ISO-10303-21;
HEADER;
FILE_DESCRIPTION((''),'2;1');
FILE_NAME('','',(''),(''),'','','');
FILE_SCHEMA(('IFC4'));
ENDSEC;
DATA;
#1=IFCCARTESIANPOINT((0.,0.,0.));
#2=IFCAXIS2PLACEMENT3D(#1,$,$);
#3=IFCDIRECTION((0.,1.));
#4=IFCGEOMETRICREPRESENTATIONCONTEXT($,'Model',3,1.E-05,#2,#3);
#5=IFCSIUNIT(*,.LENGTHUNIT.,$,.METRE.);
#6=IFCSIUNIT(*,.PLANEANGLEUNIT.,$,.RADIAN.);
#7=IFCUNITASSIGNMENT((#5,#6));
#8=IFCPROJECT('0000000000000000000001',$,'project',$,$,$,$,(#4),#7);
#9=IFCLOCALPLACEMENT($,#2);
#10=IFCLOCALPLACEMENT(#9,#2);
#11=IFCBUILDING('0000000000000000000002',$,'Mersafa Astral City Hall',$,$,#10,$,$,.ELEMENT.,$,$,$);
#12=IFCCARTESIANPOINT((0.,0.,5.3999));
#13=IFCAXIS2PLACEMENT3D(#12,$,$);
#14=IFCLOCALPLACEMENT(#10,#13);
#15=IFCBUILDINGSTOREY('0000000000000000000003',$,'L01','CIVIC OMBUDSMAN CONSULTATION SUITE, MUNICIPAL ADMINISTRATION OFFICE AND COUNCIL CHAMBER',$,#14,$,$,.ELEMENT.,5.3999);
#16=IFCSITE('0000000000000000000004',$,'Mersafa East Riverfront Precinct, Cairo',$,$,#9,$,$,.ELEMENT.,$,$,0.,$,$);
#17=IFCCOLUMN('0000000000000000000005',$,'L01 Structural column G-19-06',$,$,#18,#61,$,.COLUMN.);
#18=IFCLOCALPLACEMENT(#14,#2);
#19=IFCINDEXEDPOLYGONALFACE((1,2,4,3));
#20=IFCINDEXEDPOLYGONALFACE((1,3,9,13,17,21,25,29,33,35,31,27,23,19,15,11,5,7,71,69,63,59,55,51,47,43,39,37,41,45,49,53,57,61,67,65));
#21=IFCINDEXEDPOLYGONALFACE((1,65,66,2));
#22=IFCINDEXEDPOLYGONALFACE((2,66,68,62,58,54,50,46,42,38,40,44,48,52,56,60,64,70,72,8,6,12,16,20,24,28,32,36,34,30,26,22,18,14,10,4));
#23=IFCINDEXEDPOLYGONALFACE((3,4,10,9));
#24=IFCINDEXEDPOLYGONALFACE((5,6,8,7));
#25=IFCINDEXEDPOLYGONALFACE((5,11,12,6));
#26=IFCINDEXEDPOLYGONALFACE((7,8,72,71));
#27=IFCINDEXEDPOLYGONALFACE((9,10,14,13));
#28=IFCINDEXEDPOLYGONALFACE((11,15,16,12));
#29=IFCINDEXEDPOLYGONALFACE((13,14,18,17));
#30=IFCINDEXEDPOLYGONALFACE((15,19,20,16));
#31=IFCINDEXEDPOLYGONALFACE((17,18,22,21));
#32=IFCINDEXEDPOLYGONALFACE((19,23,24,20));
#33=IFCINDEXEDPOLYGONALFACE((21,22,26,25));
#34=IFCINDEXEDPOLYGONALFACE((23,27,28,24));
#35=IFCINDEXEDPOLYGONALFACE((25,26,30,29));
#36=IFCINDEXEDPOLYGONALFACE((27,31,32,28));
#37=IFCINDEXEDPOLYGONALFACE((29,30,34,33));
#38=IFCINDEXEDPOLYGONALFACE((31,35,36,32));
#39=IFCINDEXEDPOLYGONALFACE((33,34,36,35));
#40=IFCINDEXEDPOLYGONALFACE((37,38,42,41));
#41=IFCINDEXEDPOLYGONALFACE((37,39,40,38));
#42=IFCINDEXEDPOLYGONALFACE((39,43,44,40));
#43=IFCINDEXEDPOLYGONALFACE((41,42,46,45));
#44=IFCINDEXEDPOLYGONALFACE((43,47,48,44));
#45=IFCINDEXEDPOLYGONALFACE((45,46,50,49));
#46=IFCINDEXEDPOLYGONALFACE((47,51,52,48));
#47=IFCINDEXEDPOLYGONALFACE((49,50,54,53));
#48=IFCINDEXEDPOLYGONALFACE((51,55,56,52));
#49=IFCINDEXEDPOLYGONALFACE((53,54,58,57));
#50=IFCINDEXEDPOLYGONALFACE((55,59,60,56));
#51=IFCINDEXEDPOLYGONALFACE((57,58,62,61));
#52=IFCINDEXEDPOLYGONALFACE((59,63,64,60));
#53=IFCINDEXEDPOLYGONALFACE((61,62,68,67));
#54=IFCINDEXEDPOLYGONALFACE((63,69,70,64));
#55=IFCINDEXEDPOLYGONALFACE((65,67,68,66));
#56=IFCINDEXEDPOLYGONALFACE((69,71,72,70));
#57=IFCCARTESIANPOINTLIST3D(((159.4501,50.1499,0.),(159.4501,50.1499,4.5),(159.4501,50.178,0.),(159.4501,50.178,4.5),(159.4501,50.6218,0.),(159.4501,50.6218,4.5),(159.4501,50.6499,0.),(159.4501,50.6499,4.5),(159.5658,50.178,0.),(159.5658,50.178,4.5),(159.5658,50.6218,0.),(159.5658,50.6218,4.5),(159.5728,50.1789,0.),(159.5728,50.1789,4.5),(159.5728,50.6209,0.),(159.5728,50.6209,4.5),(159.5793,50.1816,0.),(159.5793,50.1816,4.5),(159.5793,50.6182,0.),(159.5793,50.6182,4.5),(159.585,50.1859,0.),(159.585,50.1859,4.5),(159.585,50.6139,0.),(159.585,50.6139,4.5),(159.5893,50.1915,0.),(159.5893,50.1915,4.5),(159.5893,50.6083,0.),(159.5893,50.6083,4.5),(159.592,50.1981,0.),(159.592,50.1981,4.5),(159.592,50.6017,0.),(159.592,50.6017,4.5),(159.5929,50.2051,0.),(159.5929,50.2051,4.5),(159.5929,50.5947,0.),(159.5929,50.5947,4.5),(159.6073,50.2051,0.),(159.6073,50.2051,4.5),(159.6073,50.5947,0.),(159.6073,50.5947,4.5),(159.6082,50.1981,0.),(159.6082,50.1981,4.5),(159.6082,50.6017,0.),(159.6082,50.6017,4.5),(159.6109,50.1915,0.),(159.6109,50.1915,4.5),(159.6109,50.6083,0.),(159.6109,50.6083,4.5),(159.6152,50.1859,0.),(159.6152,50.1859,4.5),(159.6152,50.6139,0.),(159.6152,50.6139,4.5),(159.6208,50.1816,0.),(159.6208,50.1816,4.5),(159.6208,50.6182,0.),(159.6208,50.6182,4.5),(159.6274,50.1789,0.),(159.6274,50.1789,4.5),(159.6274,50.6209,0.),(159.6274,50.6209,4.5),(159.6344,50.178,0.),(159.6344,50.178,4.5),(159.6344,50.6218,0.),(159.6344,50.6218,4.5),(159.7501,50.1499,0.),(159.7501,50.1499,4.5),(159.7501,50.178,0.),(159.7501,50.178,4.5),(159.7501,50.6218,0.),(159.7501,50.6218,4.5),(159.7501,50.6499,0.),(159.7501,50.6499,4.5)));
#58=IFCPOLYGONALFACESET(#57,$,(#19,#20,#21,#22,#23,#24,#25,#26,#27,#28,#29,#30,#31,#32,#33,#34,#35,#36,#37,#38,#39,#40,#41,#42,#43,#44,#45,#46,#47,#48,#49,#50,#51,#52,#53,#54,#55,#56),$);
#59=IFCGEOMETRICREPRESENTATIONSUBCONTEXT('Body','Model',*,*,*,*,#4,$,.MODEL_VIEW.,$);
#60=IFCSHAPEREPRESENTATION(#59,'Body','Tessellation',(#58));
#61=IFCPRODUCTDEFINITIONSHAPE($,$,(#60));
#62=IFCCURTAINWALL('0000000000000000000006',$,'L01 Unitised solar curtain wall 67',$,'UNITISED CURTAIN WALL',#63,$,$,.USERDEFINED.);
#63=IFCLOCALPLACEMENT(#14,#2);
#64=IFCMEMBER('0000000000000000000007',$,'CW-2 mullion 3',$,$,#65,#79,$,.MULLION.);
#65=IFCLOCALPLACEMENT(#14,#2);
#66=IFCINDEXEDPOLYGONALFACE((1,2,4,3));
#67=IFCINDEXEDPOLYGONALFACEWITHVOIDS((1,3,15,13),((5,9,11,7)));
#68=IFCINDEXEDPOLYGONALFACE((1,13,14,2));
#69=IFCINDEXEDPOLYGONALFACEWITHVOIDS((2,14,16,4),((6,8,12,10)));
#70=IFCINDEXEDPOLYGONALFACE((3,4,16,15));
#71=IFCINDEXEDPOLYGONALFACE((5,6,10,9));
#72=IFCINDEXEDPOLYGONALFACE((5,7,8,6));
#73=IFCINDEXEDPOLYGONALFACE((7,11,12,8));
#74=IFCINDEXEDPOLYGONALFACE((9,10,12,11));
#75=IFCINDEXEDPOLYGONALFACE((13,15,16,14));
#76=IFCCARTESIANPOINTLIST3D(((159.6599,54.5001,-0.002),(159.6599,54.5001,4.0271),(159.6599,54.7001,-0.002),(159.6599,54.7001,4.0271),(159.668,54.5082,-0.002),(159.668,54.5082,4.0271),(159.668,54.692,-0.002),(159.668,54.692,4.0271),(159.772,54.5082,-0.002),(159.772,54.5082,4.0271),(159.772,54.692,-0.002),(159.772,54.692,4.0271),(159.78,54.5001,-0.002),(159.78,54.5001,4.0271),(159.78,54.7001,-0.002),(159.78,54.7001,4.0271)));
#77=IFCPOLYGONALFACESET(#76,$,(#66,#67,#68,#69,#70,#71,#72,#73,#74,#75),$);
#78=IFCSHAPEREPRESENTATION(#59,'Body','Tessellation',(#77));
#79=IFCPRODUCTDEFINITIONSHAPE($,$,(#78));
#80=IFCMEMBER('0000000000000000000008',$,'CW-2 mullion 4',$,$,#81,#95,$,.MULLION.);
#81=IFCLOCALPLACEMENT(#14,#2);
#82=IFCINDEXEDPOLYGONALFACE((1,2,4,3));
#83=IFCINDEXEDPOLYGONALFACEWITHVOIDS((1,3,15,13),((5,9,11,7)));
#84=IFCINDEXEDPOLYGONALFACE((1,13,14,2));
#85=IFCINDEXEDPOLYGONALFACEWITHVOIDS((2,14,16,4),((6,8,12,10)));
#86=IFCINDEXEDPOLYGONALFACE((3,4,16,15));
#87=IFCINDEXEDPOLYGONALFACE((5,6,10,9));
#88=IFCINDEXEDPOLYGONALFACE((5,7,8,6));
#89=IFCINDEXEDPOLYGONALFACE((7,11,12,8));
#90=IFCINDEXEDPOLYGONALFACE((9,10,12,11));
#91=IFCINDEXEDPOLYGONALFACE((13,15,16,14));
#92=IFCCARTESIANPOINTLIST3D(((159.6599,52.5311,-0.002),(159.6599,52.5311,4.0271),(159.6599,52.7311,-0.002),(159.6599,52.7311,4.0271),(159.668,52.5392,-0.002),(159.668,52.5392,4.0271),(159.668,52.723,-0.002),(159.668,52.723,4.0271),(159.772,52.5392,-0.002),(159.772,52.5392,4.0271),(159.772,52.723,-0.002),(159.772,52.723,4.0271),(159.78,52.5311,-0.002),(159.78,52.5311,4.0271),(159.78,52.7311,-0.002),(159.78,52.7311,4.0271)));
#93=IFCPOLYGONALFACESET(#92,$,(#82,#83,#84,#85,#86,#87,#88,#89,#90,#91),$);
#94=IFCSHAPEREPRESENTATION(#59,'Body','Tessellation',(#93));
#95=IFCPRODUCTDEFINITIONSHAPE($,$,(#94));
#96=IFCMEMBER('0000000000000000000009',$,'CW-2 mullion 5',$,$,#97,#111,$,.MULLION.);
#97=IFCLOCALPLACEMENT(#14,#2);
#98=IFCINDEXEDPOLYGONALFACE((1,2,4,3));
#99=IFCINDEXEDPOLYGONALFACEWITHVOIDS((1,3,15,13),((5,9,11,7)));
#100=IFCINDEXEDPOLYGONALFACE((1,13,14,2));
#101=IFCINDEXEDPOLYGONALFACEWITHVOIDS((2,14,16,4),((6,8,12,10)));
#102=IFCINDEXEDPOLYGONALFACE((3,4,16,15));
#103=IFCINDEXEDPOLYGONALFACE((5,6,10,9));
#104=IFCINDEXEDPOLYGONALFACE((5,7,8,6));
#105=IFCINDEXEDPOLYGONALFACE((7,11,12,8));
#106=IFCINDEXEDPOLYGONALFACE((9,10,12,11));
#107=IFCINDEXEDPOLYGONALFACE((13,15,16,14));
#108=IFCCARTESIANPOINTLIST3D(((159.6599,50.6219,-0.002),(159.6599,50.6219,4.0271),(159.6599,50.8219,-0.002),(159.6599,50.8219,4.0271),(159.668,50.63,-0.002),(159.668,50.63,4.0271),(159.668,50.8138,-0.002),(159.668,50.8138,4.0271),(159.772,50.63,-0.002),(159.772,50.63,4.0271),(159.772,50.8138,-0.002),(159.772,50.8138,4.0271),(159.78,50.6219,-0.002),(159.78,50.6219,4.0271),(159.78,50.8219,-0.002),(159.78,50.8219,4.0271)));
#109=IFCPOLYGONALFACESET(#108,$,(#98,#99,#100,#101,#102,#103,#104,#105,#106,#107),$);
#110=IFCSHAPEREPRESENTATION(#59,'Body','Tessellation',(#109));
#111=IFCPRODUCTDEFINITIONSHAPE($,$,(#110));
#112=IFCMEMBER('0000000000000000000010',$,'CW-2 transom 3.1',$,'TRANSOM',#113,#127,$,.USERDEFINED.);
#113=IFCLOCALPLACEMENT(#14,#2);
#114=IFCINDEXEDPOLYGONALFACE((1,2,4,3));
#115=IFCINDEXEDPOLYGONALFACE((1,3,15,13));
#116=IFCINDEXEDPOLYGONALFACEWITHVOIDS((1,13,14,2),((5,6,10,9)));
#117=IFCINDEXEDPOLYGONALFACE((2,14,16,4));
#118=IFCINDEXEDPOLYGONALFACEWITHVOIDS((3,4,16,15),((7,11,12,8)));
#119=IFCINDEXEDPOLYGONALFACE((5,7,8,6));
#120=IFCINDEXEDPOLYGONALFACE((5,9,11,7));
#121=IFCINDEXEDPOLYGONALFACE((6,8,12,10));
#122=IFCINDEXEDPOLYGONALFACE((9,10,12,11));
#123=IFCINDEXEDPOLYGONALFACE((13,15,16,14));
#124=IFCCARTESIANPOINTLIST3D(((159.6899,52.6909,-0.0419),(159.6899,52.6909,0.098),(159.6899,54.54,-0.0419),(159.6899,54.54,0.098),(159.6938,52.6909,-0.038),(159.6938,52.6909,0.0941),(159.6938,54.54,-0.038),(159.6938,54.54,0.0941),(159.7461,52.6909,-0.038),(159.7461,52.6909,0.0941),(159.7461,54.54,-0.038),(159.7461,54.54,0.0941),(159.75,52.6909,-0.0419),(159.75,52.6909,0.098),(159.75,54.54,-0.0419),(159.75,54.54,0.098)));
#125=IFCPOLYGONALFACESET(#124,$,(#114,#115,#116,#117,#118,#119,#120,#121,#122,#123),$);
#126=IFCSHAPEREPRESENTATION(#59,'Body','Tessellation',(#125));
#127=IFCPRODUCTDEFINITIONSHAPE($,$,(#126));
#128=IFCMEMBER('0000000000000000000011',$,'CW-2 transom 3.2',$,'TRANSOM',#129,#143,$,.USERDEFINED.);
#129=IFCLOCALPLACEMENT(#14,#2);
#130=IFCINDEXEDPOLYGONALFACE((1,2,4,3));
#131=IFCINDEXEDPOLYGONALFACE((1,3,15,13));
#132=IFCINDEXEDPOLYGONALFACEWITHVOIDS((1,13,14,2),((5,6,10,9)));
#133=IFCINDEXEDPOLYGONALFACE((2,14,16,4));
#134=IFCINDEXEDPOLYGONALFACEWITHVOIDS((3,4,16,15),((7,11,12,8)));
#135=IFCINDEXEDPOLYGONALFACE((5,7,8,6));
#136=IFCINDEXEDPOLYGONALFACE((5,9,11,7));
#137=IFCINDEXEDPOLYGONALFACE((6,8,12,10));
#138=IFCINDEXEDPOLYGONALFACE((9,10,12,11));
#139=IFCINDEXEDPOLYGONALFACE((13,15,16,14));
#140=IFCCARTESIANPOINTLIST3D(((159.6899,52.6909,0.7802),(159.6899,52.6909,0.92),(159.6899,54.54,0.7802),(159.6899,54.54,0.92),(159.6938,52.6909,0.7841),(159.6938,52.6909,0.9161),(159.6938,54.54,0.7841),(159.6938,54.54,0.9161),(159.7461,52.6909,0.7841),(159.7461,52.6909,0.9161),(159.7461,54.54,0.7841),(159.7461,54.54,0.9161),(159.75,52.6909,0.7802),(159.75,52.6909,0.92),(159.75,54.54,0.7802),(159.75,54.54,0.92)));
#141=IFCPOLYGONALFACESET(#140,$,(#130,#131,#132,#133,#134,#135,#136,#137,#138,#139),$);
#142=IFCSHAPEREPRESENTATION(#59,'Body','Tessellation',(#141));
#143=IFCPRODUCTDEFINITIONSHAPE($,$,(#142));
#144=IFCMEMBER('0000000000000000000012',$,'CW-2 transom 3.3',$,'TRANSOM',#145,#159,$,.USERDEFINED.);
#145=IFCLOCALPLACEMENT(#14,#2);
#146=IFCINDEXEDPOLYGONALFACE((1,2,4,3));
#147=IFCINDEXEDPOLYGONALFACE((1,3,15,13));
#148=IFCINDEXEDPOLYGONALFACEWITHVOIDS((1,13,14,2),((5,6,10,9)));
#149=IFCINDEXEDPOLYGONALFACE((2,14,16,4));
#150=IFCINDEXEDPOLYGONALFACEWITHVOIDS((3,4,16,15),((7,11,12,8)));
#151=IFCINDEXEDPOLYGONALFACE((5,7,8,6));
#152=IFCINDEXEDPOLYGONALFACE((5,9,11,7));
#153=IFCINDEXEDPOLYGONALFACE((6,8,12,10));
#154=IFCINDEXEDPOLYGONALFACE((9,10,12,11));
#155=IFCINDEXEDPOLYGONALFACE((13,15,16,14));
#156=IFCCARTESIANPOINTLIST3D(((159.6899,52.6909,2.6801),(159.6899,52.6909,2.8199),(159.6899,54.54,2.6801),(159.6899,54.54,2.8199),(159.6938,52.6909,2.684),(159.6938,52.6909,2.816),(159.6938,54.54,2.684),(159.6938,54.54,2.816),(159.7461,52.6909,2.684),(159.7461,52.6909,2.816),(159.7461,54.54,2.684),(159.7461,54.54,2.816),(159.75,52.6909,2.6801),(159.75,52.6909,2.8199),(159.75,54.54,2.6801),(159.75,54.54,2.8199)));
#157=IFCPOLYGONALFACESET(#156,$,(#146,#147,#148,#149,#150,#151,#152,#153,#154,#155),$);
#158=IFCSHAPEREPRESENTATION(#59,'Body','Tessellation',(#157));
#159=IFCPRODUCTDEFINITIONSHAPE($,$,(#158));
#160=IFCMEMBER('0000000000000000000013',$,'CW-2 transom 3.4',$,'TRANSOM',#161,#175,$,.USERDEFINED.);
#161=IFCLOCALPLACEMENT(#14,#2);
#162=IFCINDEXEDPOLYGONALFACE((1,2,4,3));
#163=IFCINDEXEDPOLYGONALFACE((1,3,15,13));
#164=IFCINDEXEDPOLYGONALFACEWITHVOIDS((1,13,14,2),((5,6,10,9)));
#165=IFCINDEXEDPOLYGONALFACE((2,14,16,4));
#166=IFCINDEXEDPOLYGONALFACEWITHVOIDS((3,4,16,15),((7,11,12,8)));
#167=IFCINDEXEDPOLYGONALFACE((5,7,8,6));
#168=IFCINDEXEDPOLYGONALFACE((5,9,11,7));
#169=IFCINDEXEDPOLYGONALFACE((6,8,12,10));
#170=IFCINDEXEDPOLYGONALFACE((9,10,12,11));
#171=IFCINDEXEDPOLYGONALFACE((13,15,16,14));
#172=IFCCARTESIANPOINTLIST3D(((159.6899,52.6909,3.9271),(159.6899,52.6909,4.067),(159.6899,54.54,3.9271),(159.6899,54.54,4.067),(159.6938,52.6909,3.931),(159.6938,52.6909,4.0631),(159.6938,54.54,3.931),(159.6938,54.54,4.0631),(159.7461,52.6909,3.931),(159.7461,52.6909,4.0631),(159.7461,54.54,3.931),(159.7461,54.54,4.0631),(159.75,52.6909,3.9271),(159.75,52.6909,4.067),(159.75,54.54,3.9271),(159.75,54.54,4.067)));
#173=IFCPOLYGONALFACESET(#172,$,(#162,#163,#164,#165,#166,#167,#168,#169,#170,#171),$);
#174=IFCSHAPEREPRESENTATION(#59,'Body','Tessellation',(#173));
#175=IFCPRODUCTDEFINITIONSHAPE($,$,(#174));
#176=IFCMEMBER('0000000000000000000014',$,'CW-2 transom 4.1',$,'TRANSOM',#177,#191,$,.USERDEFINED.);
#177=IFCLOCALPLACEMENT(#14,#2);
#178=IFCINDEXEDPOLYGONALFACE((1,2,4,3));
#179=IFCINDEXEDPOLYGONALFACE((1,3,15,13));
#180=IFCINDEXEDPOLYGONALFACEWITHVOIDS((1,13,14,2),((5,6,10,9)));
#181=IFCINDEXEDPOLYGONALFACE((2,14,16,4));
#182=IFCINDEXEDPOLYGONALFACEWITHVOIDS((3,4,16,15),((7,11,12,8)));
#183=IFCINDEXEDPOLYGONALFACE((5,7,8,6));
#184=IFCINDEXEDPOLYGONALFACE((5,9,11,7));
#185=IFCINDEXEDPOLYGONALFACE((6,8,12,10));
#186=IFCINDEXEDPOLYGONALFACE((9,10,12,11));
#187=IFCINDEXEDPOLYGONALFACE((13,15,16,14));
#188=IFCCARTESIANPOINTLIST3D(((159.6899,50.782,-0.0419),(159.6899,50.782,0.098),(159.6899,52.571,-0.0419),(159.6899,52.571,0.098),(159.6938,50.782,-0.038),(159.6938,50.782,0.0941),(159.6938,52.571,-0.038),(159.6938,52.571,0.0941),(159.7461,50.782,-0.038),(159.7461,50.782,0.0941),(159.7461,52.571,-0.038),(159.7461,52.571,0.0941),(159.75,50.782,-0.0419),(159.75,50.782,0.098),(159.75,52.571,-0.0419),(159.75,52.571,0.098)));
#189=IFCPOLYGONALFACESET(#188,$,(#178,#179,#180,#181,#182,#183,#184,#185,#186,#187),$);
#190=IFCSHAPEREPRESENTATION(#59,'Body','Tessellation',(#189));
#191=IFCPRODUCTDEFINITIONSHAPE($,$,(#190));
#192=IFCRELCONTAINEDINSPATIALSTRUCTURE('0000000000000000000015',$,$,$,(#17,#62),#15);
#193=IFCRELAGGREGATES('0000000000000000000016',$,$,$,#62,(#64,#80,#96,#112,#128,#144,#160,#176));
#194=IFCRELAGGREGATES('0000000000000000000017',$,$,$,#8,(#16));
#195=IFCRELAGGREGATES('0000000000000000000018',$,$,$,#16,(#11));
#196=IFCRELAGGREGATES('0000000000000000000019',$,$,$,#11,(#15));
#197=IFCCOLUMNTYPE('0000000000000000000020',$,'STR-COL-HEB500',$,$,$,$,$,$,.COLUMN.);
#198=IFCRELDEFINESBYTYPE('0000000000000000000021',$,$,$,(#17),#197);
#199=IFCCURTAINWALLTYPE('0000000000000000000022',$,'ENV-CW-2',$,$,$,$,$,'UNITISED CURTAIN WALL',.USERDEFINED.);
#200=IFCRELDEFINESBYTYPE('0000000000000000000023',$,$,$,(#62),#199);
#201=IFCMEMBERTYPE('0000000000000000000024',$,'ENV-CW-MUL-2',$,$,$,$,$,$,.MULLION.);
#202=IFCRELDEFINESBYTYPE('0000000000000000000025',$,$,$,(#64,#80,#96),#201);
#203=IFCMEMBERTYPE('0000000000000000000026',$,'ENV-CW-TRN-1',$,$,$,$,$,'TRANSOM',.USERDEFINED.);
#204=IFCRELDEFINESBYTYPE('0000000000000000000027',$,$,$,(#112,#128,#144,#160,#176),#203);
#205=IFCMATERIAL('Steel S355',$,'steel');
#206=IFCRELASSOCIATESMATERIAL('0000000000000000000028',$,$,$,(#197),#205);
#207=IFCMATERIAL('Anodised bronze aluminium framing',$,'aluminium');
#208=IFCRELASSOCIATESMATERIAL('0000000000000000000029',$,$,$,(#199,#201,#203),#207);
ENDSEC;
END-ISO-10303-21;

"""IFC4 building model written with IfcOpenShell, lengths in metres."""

from ifc_helpers import new_model, si_unit, direction, frame, origin, origin_2d, place, context, subcontext, project, spatial, hollow_rectangle, i_section, extrude, material, material_profile, profile_set, type_object, element, aggregate, save


model = new_model("IFC4")

# Units and contexts
model_context = context("Model", 3, precision=1e-05, world=origin(), true_north=direction((0.0, 1.0)))
body_context = subcontext(model_context, "Body", "Model", "MODEL_VIEW")
ifc_project = project(units=[si_unit("LENGTHUNIT", "METRE"), si_unit("PLANEANGLEUNIT", "RADIAN")], contexts=[model_context])

# Site, building, storey
site_placement = place(None, origin())
site = spatial("IfcSite", under=ifc_project, at=site_placement, Name="Mersafa East Riverfront Precinct, Cairo", CompositionType="ELEMENT", RefElevation=0.0)
building_placement = place(site_placement, origin())
building = spatial("IfcBuilding", under=site, at=building_placement, Name="Mersafa Astral City Hall", CompositionType="ELEMENT")
storey_placement = place(building_placement, frame((0.0, 0.0, 5.3999)))
storey = spatial("IfcBuildingStorey", under=building, at=storey_placement, Name="L01", Description="CIVIC OMBUDSMAN CONSULTATION SUITE, MUNICIPAL ADMINISTRATION OFFICE AND COUNCIL CHAMBER", CompositionType="ELEMENT", Elevation=5.3999)

# Column
ifc_material_1 = material(Name="Steel S355", Category="steel")
ifc_material_profile_1 = material_profile(ifc_material_1, i_section(OverallWidth=0.3, OverallDepth=0.5, WebThickness=0.0144, FlangeThickness=0.0281, FilletRadius=0.0271, at=origin_2d()), Name="HEB 500")
ifc_profile_set_1 = profile_set([ifc_material_profile_1], Name="Steel S355")
column_type = type_object("IfcColumnType", Name="STR-COL-HEB500", PredefinedType="COLUMN", material=ifc_profile_set_1)
column_placement = place(storey_placement, frame((159.6001, 50.3999, 0.0), z_axis=(0.0, 0.0, 1.0), x_axis=(1.0, 0.0, 0.0)))
element("IfcColumn", 1, at=column_placement, inside=storey, type_object=column_type, Name="L01 Structural column G-19-06", PredefinedType="COLUMN", context=body_context, shape_type="SweptSolid", body=[
    extrude(i_section(OverallWidth=0.3, OverallDepth=0.5, WebThickness=0.0144, FlangeThickness=0.0281, FilletRadius=0.0271, at=origin_2d()), origin(), (0.0, 0.0, 1.0), 4.5),
])

# Curtain wall, members
ifc_material_2 = material(Name="Anodised bronze aluminium framing", Category="aluminium")
curtain_wall_type = type_object("IfcCurtainWallType", Name="ENV-CW-2", ElementType="UNITISED CURTAIN WALL", PredefinedType="USERDEFINED", material=ifc_material_2)
curtain_wall_placement = place(storey_placement, origin())
curtain_wall = element("IfcCurtainWall", 2, at=curtain_wall_placement, inside=storey, type_object=curtain_wall_type, Name="L01 Unitised solar curtain wall 67", ObjectType="UNITISED CURTAIN WALL", PredefinedType="USERDEFINED")
ifc_material_profile_2 = material_profile(ifc_material_2, hollow_rectangle(XDim=0.1201, YDim=0.2, WallThickness=0.0081, at=origin_2d()), Name="RHS 120x200x8")
ifc_profile_set_2 = profile_set([ifc_material_profile_2], Name="Anodised bronze aluminium framing")
member_type_1 = type_object("IfcMemberType", Name="ENV-CW-MUL-2", PredefinedType="MULLION", material=ifc_profile_set_2)
member_1_placement = place(storey_placement, frame((159.72, 54.6001, -0.002), z_axis=(0.0, 0.0, 1.0), x_axis=(1.0, 0.0, 0.0)))
member_1 = element("IfcMember", 3, at=member_1_placement, type_object=member_type_1, Name="CW-2 mullion 3", PredefinedType="MULLION", context=body_context, shape_type="SweptSolid", body=[
    extrude(hollow_rectangle(XDim=0.1201, YDim=0.2, WallThickness=0.0081, at=origin_2d()), origin(), (0.0, 0.0, 1.0), 4.0291),
])
member_2_placement = place(storey_placement, frame((159.72, 52.6311, -0.002), z_axis=(0.0, 0.0, 1.0), x_axis=(1.0, 0.0, 0.0)))
member_2 = element("IfcMember", 4, at=member_2_placement, type_object=member_type_1, Name="CW-2 mullion 4", PredefinedType="MULLION", context=body_context, shape_type="SweptSolid", body=[
    extrude(hollow_rectangle(XDim=0.1201, YDim=0.2, WallThickness=0.0081, at=origin_2d()), origin(), (0.0, 0.0, 1.0), 4.0291),
])
member_3_placement = place(storey_placement, frame((159.72, 50.7219, -0.002), z_axis=(0.0, 0.0, 1.0), x_axis=(1.0, 0.0, 0.0)))
member_3 = element("IfcMember", 5, at=member_3_placement, type_object=member_type_1, Name="CW-2 mullion 5", PredefinedType="MULLION", context=body_context, shape_type="SweptSolid", body=[
    extrude(hollow_rectangle(XDim=0.1201, YDim=0.2, WallThickness=0.0081, at=origin_2d()), origin(), (0.0, 0.0, 1.0), 4.0291),
])
ifc_material_profile_3 = material_profile(ifc_material_2, hollow_rectangle(XDim=0.0601, YDim=0.1399, WallThickness=0.0039, at=origin_2d()), Name="RHS 60x140x4")
ifc_profile_set_3 = profile_set([ifc_material_profile_3], Name="Anodised bronze aluminium framing")
member_type_2 = type_object("IfcMemberType", Name="ENV-CW-TRN-1", ElementType="TRANSOM", PredefinedType="USERDEFINED", material=ifc_profile_set_3)
member_4_placement = place(storey_placement, frame((159.72, 54.54, 0.0281), z_axis=(0.0, -1.0, 0.0), x_axis=(1.0, 0.0, 0.0)))
member_4 = element("IfcMember", 6, at=member_4_placement, type_object=member_type_2, Name="CW-2 transom 3.1", ObjectType="TRANSOM", PredefinedType="USERDEFINED", context=body_context, shape_type="SweptSolid", body=[
    extrude(hollow_rectangle(XDim=0.0601, YDim=0.1399, WallThickness=0.0039, at=origin_2d()), origin(), (0.0, 0.0, 1.0), 1.8491),
])
member_5_placement = place(storey_placement, frame((159.72, 54.54, 0.8501), z_axis=(0.0, -1.0, 0.0), x_axis=(1.0, 0.0, 0.0)))
member_5 = element("IfcMember", 7, at=member_5_placement, type_object=member_type_2, Name="CW-2 transom 3.2", ObjectType="TRANSOM", PredefinedType="USERDEFINED", context=body_context, shape_type="SweptSolid", body=[
    extrude(hollow_rectangle(XDim=0.0601, YDim=0.1399, WallThickness=0.0039, at=origin_2d()), origin(), (0.0, 0.0, 1.0), 1.8491),
])
member_6_placement = place(storey_placement, frame((159.72, 54.54, 2.75), z_axis=(0.0, -1.0, 0.0), x_axis=(1.0, 0.0, 0.0)))
member_6 = element("IfcMember", 8, at=member_6_placement, type_object=member_type_2, Name="CW-2 transom 3.3", ObjectType="TRANSOM", PredefinedType="USERDEFINED", context=body_context, shape_type="SweptSolid", body=[
    extrude(hollow_rectangle(XDim=0.0601, YDim=0.1399, WallThickness=0.0039, at=origin_2d()), origin(), (0.0, 0.0, 1.0), 1.8491),
])
member_7_placement = place(storey_placement, frame((159.72, 54.54, 3.9971), z_axis=(0.0, -1.0, 0.0), x_axis=(1.0, 0.0, 0.0)))
member_7 = element("IfcMember", 9, at=member_7_placement, type_object=member_type_2, Name="CW-2 transom 3.4", ObjectType="TRANSOM", PredefinedType="USERDEFINED", context=body_context, shape_type="SweptSolid", body=[
    extrude(hollow_rectangle(XDim=0.0601, YDim=0.1399, WallThickness=0.0039, at=origin_2d()), origin(), (0.0, 0.0, 1.0), 1.8491),
])
member_8_placement = place(storey_placement, frame((159.72, 52.571, 0.0281), z_axis=(0.0, -1.0, 0.0), x_axis=(1.0, 0.0, 0.0)))
member_8 = element("IfcMember", 10, at=member_8_placement, type_object=member_type_2, Name="CW-2 transom 4.1", ObjectType="TRANSOM", PredefinedType="USERDEFINED", context=body_context, shape_type="SweptSolid", body=[
    extrude(hollow_rectangle(XDim=0.0601, YDim=0.1399, WallThickness=0.0039, at=origin_2d()), origin(), (0.0, 0.0, 1.0), 1.7891),
])

aggregate(curtain_wall, [member_1, member_2, member_3, member_4, member_5, member_6, member_7, member_8])

save(model, "model.ifc")
